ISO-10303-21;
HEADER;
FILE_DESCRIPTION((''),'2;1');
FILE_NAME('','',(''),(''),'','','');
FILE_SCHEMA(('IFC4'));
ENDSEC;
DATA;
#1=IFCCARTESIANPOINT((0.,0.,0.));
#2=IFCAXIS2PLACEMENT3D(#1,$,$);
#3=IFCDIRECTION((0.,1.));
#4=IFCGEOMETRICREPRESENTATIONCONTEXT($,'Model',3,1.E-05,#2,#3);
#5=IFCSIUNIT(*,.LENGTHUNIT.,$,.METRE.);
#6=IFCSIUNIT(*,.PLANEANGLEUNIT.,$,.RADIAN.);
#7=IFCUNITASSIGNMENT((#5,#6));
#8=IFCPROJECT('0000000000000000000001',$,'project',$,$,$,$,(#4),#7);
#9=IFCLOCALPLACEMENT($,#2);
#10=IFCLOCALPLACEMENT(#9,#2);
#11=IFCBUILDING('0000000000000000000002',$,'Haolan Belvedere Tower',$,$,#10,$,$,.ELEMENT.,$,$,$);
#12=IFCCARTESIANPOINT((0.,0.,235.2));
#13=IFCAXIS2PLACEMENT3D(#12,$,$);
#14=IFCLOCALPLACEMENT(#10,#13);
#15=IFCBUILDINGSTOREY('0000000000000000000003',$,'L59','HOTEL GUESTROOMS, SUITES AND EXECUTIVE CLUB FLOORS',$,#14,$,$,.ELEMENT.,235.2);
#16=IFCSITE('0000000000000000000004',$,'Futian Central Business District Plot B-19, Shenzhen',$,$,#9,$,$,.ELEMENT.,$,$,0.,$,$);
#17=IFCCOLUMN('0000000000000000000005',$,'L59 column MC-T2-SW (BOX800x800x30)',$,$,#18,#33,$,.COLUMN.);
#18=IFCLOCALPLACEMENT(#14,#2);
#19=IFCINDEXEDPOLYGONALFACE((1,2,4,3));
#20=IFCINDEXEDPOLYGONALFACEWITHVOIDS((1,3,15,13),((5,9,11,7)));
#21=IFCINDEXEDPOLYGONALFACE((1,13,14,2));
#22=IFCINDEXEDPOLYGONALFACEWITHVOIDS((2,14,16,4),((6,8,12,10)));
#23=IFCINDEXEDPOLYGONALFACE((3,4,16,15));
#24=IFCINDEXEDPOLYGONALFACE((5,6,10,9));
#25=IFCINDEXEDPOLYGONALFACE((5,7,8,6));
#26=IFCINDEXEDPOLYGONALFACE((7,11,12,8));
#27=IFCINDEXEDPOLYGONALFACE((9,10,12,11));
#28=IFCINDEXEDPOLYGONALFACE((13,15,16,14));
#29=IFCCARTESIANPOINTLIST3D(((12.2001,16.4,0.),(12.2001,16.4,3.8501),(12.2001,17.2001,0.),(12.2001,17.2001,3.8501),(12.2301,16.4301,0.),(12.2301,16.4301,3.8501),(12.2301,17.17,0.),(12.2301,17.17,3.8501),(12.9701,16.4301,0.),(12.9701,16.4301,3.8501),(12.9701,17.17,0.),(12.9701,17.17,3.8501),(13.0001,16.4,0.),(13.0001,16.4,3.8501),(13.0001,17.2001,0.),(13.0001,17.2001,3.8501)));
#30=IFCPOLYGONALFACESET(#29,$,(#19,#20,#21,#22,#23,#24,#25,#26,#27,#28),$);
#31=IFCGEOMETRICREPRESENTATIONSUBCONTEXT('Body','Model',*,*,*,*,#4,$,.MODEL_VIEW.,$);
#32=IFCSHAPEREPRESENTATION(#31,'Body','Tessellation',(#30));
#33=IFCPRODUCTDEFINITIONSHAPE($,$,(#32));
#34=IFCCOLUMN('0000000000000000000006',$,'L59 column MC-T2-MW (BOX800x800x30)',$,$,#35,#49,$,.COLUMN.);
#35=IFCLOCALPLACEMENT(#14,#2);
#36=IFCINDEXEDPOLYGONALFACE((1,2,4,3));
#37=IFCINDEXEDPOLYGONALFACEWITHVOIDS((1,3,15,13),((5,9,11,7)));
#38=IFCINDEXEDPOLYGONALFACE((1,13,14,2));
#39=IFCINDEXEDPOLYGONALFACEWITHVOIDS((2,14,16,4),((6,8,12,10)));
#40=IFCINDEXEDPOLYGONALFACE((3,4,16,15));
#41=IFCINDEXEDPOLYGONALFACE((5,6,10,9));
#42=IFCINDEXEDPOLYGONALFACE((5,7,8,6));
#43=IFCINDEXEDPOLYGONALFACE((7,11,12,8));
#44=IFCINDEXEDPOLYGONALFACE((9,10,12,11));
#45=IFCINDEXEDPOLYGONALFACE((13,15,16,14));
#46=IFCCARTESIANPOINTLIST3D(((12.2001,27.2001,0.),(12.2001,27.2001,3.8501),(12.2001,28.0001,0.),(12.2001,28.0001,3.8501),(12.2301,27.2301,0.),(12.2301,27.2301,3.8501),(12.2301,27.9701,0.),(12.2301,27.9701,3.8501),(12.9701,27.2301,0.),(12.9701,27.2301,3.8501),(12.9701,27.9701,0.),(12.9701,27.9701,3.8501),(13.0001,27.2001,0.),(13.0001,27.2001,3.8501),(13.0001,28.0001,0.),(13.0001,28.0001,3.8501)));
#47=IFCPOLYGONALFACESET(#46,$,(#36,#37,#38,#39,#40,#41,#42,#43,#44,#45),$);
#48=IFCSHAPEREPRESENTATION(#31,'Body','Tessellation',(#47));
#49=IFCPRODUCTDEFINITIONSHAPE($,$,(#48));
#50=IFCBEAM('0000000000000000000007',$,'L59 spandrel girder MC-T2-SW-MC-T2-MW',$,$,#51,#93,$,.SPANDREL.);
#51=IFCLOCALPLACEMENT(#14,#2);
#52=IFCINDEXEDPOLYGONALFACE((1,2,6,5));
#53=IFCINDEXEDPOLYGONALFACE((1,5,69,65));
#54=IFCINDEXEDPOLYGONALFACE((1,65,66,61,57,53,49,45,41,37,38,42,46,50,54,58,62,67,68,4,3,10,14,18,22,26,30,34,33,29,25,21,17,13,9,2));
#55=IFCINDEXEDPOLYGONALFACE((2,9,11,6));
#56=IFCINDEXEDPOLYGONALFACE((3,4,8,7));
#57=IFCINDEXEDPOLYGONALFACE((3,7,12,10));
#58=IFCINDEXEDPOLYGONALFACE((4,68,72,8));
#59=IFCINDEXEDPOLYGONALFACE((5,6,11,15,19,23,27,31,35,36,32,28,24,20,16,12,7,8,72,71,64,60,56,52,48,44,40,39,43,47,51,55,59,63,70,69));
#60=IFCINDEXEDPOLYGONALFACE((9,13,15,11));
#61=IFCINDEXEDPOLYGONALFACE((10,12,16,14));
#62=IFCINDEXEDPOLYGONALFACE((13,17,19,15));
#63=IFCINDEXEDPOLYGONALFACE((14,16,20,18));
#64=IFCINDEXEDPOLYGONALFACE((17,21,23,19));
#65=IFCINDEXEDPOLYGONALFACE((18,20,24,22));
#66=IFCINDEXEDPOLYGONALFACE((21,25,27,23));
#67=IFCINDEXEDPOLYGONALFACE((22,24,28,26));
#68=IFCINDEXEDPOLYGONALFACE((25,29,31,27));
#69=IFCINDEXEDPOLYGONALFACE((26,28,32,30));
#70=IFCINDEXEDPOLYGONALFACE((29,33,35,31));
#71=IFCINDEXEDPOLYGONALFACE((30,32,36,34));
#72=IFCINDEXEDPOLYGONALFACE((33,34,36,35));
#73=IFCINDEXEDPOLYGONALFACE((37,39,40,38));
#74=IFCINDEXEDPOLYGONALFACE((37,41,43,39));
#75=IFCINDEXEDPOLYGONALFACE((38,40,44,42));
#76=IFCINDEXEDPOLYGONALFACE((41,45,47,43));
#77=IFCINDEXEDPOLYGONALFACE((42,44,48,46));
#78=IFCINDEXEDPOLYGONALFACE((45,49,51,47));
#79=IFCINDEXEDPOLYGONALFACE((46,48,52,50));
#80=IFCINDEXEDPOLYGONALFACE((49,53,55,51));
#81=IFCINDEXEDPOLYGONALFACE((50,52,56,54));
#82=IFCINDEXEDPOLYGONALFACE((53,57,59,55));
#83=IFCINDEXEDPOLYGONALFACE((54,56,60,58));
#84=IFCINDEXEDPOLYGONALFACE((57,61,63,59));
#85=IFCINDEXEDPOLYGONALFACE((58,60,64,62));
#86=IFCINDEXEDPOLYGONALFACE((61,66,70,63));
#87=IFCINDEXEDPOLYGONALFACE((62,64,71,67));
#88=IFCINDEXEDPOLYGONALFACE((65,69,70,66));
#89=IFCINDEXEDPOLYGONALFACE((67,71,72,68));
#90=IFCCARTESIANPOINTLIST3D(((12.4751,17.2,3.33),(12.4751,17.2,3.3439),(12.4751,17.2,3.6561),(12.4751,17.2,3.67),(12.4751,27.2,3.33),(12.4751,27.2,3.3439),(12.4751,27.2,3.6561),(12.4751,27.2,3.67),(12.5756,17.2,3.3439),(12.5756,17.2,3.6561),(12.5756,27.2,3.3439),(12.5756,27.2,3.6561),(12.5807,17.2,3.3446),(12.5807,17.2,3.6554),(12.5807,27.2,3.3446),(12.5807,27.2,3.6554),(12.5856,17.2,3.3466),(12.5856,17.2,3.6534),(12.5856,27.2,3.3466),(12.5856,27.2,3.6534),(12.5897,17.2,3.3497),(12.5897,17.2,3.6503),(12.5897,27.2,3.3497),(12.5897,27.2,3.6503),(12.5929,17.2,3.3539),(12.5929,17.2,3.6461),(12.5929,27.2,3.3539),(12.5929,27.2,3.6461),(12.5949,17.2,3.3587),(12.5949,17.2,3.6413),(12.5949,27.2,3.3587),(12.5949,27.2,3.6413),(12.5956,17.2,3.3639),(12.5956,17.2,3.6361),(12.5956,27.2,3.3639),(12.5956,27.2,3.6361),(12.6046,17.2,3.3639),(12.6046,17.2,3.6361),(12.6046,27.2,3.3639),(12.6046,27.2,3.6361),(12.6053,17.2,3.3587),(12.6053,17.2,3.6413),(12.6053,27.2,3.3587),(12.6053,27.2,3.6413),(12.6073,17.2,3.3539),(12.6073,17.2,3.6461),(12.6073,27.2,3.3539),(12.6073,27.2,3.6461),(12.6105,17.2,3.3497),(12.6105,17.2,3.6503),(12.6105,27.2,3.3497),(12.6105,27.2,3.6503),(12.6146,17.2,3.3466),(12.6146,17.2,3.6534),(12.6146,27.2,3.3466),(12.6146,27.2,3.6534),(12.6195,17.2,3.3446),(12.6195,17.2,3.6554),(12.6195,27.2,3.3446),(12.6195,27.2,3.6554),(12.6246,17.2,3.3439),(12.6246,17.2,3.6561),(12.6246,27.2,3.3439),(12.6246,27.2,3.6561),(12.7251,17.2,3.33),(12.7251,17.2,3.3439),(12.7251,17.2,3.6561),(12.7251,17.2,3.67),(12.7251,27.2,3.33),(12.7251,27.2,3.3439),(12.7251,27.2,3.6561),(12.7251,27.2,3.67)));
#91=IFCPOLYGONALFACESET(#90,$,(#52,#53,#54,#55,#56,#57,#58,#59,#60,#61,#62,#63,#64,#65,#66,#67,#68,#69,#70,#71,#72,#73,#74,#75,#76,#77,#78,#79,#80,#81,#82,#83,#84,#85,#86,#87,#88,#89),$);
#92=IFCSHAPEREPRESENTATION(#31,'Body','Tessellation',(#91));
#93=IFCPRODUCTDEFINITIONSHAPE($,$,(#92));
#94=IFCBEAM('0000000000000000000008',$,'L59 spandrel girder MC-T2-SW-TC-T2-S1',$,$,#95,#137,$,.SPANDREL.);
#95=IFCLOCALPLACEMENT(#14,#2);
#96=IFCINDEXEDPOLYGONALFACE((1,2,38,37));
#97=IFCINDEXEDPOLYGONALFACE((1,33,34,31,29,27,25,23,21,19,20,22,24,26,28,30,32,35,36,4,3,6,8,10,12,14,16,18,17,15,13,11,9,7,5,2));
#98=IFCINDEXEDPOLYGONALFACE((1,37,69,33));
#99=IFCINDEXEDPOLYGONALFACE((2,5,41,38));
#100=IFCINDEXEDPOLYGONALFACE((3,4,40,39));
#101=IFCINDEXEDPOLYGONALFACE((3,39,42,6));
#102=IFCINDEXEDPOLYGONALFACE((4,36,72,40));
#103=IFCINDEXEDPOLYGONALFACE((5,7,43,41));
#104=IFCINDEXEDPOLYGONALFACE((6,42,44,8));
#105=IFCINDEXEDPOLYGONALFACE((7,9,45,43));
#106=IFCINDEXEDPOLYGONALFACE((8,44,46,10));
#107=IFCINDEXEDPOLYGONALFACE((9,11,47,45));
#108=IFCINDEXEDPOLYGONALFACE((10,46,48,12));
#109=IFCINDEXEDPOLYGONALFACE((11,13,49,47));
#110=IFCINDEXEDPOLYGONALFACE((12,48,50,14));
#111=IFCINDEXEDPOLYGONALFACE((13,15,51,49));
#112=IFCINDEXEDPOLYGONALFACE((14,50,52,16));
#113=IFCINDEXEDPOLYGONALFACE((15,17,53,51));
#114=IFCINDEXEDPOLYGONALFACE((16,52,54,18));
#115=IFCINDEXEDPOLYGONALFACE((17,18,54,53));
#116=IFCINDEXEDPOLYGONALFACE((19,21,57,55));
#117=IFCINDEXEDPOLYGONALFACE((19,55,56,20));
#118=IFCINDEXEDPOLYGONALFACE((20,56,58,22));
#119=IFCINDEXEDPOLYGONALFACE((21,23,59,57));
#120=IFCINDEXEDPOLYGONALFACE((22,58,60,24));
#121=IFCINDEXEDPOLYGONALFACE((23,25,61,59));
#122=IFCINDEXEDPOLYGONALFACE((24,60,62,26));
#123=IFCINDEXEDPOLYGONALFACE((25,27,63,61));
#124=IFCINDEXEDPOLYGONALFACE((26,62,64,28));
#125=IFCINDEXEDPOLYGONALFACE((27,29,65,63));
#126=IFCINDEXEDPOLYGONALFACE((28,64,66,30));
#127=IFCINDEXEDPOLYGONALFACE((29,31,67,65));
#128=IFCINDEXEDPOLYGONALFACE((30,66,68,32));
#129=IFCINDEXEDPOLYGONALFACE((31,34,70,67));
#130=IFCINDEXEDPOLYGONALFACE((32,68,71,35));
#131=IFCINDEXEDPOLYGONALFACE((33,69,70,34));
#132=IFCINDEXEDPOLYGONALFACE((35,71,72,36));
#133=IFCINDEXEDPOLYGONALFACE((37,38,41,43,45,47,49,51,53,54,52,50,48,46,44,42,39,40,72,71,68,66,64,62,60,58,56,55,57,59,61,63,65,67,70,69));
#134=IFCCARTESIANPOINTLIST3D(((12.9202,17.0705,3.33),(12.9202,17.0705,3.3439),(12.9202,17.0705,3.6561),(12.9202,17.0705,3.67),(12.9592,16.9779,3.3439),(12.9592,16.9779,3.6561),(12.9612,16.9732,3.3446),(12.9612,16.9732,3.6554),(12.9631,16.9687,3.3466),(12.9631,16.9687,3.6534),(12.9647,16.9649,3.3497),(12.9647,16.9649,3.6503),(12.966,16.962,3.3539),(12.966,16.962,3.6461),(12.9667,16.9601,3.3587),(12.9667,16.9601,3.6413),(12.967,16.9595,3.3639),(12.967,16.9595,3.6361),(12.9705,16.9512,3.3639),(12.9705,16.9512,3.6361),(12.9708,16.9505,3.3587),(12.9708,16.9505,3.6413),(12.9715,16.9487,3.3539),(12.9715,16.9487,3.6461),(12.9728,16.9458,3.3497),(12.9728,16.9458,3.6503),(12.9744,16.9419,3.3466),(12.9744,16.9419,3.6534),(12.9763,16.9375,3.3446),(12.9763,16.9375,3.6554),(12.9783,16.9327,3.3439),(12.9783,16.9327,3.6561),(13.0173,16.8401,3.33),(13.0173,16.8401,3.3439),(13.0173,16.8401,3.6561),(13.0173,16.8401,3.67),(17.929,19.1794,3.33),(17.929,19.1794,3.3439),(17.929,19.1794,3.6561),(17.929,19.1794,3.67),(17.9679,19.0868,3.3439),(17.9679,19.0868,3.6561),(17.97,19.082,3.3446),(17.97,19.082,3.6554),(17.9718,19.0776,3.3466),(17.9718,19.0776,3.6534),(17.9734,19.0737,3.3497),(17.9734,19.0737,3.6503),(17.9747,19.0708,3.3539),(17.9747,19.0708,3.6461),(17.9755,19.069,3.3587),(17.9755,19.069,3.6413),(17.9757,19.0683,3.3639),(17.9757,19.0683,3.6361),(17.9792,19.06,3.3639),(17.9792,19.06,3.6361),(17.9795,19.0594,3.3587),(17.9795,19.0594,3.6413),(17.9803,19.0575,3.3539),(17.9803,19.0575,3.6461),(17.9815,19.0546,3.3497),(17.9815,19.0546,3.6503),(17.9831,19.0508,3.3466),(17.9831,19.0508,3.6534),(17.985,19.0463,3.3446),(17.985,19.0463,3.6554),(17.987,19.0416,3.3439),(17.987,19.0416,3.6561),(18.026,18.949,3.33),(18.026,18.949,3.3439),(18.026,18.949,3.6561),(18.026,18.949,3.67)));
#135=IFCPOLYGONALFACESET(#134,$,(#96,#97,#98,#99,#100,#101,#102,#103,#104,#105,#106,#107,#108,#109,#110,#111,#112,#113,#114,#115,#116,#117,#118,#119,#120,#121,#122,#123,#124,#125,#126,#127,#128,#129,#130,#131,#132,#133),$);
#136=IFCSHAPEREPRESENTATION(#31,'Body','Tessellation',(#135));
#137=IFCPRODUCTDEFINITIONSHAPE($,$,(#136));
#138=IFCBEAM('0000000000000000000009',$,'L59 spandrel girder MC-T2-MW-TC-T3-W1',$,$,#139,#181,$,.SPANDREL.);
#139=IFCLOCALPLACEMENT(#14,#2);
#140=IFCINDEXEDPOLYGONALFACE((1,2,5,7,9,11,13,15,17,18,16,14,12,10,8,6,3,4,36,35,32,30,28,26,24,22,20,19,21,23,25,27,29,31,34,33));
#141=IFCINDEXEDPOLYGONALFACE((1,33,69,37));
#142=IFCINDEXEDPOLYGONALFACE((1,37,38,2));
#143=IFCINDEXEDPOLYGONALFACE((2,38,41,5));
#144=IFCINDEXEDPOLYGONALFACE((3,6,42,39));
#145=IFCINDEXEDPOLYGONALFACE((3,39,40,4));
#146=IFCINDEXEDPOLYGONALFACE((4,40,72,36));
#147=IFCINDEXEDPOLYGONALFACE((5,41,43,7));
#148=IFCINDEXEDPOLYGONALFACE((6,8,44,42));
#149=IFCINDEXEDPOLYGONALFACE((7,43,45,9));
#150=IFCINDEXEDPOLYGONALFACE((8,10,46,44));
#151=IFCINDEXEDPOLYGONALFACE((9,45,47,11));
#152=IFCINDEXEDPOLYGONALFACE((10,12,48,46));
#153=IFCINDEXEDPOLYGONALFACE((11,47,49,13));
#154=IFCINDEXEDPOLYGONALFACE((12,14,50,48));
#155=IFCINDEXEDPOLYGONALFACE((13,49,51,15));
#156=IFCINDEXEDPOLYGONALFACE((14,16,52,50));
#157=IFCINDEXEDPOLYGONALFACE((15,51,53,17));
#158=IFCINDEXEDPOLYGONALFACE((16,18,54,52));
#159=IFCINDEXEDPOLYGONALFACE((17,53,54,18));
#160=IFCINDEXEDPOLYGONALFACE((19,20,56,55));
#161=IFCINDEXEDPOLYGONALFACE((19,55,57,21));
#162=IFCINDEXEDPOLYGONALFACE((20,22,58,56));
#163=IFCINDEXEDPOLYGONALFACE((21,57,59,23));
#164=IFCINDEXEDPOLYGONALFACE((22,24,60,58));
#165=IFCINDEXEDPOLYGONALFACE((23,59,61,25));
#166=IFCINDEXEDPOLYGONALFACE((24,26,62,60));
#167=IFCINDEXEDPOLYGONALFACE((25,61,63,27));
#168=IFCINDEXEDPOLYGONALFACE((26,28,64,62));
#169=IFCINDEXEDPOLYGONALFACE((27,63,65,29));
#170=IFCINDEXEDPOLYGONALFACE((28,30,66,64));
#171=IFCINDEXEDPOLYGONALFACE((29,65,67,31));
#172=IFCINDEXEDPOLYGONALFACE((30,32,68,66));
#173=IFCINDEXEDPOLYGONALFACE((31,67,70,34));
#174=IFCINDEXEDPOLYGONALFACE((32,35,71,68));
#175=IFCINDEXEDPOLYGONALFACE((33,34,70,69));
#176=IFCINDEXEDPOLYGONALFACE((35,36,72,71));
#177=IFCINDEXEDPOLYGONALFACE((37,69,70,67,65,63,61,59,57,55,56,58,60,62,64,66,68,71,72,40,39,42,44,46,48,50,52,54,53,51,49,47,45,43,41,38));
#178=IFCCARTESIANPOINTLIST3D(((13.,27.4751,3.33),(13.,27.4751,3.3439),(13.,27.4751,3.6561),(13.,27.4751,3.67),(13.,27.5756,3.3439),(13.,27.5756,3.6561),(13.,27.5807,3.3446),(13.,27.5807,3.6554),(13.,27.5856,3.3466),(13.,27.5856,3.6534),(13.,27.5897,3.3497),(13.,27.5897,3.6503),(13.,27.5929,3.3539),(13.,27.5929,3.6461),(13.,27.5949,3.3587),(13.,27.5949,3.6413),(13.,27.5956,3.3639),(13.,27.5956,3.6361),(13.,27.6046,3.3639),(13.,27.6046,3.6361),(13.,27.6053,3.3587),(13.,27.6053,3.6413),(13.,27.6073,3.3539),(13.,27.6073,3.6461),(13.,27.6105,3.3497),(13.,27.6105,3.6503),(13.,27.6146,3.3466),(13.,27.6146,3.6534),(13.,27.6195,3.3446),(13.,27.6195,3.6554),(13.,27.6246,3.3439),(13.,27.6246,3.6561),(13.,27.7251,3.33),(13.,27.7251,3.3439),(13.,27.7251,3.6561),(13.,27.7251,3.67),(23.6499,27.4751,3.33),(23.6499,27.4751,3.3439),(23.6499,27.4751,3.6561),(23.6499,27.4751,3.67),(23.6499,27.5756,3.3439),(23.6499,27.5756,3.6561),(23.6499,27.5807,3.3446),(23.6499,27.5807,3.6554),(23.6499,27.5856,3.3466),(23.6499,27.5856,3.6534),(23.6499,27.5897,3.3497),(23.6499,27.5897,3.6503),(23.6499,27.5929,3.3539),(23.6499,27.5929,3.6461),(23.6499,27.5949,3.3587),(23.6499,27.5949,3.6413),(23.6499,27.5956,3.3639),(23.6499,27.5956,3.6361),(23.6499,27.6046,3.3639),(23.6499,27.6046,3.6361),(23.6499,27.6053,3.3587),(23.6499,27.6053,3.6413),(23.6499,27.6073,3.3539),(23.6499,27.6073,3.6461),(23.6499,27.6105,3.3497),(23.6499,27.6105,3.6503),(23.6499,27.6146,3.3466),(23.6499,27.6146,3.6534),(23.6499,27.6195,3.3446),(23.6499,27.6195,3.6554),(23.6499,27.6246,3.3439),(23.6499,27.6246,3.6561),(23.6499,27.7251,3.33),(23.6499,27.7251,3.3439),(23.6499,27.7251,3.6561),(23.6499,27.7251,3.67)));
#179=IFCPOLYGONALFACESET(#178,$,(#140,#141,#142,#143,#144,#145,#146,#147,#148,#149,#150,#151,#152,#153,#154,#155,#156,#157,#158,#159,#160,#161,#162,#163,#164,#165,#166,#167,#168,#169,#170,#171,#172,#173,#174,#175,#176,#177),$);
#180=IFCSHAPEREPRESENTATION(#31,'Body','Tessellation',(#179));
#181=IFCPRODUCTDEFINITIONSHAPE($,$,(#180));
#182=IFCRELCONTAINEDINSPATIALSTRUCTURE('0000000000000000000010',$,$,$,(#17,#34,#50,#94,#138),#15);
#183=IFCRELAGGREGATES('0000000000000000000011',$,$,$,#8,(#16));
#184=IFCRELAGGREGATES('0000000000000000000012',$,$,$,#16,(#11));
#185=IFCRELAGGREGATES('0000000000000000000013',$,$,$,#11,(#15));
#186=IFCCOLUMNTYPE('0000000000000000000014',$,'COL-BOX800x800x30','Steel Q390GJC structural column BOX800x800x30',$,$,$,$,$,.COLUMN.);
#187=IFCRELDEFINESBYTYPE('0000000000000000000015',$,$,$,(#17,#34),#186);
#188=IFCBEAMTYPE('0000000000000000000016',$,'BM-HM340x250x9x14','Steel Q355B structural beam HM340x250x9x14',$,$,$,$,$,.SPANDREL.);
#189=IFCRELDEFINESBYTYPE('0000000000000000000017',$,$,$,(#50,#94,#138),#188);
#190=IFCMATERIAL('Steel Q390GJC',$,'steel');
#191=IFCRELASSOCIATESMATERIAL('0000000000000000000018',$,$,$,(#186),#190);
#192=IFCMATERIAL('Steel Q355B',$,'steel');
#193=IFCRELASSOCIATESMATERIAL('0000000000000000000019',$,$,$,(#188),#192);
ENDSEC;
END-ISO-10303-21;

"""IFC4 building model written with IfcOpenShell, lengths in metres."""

from ifc_helpers import new_model, si_unit, direction, frame, origin, origin_2d, place, context, subcontext, project, spatial, hollow_rectangle, i_section, extrude, material, material_profile, profile_set, type_object, element, save


model = new_model("IFC4")

# Units and contexts
model_context = context("Model", 3, precision=1e-05, world=origin(), true_north=direction((0.0, 1.0)))
body_context = subcontext(model_context, "Body", "Model", "MODEL_VIEW")
ifc_project = project(units=[si_unit("LENGTHUNIT", "METRE"), si_unit("PLANEANGLEUNIT", "RADIAN")], contexts=[model_context])

# Site, building, storey
site_placement = place(None, origin())
site = spatial("IfcSite", under=ifc_project, at=site_placement, Name="Futian Central Business District Plot B-19, Shenzhen", CompositionType="ELEMENT", RefElevation=0.0)
building_placement = place(site_placement, origin())
building = spatial("IfcBuilding", under=site, at=building_placement, Name="Haolan Belvedere Tower", CompositionType="ELEMENT")
storey_placement = place(building_placement, frame((0.0, 0.0, 235.2)))
storey = spatial("IfcBuildingStorey", under=building, at=storey_placement, Name="L59", Description="HOTEL GUESTROOMS, SUITES AND EXECUTIVE CLUB FLOORS", CompositionType="ELEMENT", Elevation=235.2)

# Columns
ifc_material_1 = material(Name="Steel Q390GJC", Category="steel")
ifc_material_profile_1 = material_profile(ifc_material_1, hollow_rectangle(XDim=0.8, YDim=0.8, WallThickness=0.03, at=origin_2d()), Name="Steel Q390GJC")
ifc_profile_set_1 = profile_set([ifc_material_profile_1], Name="Steel Q390GJC")
column_type = type_object("IfcColumnType", Name="COL-BOX800x800x30", Description="Steel Q390GJC structural column BOX800x800x30", PredefinedType="COLUMN", material=ifc_profile_set_1)
for number, where, z_axis, x_axis, name in (
    (1, (12.6001, 16.8, 0.0), (0.0, 0.0, 1.0), (1.0, 0.0, 0.0), "L59 column MC-T2-SW (BOX800x800x30)"),
    (2, (12.6001, 27.6001, 0.0), (0.0, 0.0, 1.0), (1.0, 0.0, 0.0), "L59 column MC-T2-MW (BOX800x800x30)"),
):
    element("IfcColumn", number, at=place(storey_placement, frame(where, z_axis=z_axis, x_axis=x_axis)), inside=storey, type_object=column_type, Name=name, PredefinedType="COLUMN", context=body_context, shape_type="SweptSolid", body=[
        extrude(hollow_rectangle(XDim=0.8, YDim=0.8, WallThickness=0.03, at=origin_2d()), origin(), (0.0, 0.0, 1.0), 3.8501),
    ])

# Beams
ifc_material_2 = material(Name="Steel Q355B", Category="steel")
ifc_material_profile_2 = material_profile(ifc_material_2, i_section(OverallWidth=0.25, OverallDepth=0.3401, WebThickness=0.009, FlangeThickness=0.0139, FilletRadius=0.02, at=origin_2d()), Name="Steel Q355B")
ifc_profile_set_2 = profile_set([ifc_material_profile_2], Name="Steel Q355B")
beam_type_1 = type_object("IfcBeamType", Name="BM-HM340x250x9x14", Description="Steel Q355B structural beam HM340x250x9x14", PredefinedType="SPANDREL", material=ifc_profile_set_2)
beam_1_placement = place(storey_placement, frame((12.6001, 17.2, 3.5), z_axis=(0.0, 1.0, 0.0), x_axis=(-1.0, 0.0, 0.0)))
element("IfcBeam", 3, at=beam_1_placement, inside=storey, type_object=beam_type_1, Name="L59 spandrel girder MC-T2-SW-MC-T2-MW", PredefinedType="SPANDREL", context=body_context, shape_type="SweptSolid", body=[
    extrude(i_section(OverallWidth=0.25, OverallDepth=0.3401, WebThickness=0.009, FlangeThickness=0.0139, FilletRadius=0.02, at=origin_2d()), origin(), (0.0, 0.0, 1.0), 10.0),
])
beam_2_placement = place(storey_placement, frame((12.9688, 16.9553, 3.5), z_axis=(0.92164, 0.388045, 0.0), x_axis=(-0.388045, 0.92164, 0.0)))
element("IfcBeam", 4, at=beam_2_placement, inside=storey, type_object=beam_type_1, Name="L59 spandrel girder MC-T2-SW-TC-T2-S1", PredefinedType="SPANDREL", context=body_context, shape_type="SweptSolid", body=[
    extrude(i_section(OverallWidth=0.25, OverallDepth=0.3401, WebThickness=0.009, FlangeThickness=0.0139, FilletRadius=0.02, at=origin_2d()), origin(), (0.0, 0.0, 1.0), 5.4346),
])
beam_3_placement = place(storey_placement, frame((13.0, 27.6001, 3.5), z_axis=(1.0, 0.0, 0.0), x_axis=(0.0, 1.0, 0.0)))
element("IfcBeam", 5, at=beam_3_placement, inside=storey, type_object=beam_type_1, Name="L59 spandrel girder MC-T2-MW-TC-T3-W1", PredefinedType="SPANDREL", context=body_context, shape_type="SweptSolid", body=[
    extrude(i_section(OverallWidth=0.25, OverallDepth=0.3401, WebThickness=0.009, FlangeThickness=0.0139, FilletRadius=0.02, at=origin_2d()), origin(), (0.0, 0.0, 1.0), 10.6499),
])

save(model, "model.ifc")
